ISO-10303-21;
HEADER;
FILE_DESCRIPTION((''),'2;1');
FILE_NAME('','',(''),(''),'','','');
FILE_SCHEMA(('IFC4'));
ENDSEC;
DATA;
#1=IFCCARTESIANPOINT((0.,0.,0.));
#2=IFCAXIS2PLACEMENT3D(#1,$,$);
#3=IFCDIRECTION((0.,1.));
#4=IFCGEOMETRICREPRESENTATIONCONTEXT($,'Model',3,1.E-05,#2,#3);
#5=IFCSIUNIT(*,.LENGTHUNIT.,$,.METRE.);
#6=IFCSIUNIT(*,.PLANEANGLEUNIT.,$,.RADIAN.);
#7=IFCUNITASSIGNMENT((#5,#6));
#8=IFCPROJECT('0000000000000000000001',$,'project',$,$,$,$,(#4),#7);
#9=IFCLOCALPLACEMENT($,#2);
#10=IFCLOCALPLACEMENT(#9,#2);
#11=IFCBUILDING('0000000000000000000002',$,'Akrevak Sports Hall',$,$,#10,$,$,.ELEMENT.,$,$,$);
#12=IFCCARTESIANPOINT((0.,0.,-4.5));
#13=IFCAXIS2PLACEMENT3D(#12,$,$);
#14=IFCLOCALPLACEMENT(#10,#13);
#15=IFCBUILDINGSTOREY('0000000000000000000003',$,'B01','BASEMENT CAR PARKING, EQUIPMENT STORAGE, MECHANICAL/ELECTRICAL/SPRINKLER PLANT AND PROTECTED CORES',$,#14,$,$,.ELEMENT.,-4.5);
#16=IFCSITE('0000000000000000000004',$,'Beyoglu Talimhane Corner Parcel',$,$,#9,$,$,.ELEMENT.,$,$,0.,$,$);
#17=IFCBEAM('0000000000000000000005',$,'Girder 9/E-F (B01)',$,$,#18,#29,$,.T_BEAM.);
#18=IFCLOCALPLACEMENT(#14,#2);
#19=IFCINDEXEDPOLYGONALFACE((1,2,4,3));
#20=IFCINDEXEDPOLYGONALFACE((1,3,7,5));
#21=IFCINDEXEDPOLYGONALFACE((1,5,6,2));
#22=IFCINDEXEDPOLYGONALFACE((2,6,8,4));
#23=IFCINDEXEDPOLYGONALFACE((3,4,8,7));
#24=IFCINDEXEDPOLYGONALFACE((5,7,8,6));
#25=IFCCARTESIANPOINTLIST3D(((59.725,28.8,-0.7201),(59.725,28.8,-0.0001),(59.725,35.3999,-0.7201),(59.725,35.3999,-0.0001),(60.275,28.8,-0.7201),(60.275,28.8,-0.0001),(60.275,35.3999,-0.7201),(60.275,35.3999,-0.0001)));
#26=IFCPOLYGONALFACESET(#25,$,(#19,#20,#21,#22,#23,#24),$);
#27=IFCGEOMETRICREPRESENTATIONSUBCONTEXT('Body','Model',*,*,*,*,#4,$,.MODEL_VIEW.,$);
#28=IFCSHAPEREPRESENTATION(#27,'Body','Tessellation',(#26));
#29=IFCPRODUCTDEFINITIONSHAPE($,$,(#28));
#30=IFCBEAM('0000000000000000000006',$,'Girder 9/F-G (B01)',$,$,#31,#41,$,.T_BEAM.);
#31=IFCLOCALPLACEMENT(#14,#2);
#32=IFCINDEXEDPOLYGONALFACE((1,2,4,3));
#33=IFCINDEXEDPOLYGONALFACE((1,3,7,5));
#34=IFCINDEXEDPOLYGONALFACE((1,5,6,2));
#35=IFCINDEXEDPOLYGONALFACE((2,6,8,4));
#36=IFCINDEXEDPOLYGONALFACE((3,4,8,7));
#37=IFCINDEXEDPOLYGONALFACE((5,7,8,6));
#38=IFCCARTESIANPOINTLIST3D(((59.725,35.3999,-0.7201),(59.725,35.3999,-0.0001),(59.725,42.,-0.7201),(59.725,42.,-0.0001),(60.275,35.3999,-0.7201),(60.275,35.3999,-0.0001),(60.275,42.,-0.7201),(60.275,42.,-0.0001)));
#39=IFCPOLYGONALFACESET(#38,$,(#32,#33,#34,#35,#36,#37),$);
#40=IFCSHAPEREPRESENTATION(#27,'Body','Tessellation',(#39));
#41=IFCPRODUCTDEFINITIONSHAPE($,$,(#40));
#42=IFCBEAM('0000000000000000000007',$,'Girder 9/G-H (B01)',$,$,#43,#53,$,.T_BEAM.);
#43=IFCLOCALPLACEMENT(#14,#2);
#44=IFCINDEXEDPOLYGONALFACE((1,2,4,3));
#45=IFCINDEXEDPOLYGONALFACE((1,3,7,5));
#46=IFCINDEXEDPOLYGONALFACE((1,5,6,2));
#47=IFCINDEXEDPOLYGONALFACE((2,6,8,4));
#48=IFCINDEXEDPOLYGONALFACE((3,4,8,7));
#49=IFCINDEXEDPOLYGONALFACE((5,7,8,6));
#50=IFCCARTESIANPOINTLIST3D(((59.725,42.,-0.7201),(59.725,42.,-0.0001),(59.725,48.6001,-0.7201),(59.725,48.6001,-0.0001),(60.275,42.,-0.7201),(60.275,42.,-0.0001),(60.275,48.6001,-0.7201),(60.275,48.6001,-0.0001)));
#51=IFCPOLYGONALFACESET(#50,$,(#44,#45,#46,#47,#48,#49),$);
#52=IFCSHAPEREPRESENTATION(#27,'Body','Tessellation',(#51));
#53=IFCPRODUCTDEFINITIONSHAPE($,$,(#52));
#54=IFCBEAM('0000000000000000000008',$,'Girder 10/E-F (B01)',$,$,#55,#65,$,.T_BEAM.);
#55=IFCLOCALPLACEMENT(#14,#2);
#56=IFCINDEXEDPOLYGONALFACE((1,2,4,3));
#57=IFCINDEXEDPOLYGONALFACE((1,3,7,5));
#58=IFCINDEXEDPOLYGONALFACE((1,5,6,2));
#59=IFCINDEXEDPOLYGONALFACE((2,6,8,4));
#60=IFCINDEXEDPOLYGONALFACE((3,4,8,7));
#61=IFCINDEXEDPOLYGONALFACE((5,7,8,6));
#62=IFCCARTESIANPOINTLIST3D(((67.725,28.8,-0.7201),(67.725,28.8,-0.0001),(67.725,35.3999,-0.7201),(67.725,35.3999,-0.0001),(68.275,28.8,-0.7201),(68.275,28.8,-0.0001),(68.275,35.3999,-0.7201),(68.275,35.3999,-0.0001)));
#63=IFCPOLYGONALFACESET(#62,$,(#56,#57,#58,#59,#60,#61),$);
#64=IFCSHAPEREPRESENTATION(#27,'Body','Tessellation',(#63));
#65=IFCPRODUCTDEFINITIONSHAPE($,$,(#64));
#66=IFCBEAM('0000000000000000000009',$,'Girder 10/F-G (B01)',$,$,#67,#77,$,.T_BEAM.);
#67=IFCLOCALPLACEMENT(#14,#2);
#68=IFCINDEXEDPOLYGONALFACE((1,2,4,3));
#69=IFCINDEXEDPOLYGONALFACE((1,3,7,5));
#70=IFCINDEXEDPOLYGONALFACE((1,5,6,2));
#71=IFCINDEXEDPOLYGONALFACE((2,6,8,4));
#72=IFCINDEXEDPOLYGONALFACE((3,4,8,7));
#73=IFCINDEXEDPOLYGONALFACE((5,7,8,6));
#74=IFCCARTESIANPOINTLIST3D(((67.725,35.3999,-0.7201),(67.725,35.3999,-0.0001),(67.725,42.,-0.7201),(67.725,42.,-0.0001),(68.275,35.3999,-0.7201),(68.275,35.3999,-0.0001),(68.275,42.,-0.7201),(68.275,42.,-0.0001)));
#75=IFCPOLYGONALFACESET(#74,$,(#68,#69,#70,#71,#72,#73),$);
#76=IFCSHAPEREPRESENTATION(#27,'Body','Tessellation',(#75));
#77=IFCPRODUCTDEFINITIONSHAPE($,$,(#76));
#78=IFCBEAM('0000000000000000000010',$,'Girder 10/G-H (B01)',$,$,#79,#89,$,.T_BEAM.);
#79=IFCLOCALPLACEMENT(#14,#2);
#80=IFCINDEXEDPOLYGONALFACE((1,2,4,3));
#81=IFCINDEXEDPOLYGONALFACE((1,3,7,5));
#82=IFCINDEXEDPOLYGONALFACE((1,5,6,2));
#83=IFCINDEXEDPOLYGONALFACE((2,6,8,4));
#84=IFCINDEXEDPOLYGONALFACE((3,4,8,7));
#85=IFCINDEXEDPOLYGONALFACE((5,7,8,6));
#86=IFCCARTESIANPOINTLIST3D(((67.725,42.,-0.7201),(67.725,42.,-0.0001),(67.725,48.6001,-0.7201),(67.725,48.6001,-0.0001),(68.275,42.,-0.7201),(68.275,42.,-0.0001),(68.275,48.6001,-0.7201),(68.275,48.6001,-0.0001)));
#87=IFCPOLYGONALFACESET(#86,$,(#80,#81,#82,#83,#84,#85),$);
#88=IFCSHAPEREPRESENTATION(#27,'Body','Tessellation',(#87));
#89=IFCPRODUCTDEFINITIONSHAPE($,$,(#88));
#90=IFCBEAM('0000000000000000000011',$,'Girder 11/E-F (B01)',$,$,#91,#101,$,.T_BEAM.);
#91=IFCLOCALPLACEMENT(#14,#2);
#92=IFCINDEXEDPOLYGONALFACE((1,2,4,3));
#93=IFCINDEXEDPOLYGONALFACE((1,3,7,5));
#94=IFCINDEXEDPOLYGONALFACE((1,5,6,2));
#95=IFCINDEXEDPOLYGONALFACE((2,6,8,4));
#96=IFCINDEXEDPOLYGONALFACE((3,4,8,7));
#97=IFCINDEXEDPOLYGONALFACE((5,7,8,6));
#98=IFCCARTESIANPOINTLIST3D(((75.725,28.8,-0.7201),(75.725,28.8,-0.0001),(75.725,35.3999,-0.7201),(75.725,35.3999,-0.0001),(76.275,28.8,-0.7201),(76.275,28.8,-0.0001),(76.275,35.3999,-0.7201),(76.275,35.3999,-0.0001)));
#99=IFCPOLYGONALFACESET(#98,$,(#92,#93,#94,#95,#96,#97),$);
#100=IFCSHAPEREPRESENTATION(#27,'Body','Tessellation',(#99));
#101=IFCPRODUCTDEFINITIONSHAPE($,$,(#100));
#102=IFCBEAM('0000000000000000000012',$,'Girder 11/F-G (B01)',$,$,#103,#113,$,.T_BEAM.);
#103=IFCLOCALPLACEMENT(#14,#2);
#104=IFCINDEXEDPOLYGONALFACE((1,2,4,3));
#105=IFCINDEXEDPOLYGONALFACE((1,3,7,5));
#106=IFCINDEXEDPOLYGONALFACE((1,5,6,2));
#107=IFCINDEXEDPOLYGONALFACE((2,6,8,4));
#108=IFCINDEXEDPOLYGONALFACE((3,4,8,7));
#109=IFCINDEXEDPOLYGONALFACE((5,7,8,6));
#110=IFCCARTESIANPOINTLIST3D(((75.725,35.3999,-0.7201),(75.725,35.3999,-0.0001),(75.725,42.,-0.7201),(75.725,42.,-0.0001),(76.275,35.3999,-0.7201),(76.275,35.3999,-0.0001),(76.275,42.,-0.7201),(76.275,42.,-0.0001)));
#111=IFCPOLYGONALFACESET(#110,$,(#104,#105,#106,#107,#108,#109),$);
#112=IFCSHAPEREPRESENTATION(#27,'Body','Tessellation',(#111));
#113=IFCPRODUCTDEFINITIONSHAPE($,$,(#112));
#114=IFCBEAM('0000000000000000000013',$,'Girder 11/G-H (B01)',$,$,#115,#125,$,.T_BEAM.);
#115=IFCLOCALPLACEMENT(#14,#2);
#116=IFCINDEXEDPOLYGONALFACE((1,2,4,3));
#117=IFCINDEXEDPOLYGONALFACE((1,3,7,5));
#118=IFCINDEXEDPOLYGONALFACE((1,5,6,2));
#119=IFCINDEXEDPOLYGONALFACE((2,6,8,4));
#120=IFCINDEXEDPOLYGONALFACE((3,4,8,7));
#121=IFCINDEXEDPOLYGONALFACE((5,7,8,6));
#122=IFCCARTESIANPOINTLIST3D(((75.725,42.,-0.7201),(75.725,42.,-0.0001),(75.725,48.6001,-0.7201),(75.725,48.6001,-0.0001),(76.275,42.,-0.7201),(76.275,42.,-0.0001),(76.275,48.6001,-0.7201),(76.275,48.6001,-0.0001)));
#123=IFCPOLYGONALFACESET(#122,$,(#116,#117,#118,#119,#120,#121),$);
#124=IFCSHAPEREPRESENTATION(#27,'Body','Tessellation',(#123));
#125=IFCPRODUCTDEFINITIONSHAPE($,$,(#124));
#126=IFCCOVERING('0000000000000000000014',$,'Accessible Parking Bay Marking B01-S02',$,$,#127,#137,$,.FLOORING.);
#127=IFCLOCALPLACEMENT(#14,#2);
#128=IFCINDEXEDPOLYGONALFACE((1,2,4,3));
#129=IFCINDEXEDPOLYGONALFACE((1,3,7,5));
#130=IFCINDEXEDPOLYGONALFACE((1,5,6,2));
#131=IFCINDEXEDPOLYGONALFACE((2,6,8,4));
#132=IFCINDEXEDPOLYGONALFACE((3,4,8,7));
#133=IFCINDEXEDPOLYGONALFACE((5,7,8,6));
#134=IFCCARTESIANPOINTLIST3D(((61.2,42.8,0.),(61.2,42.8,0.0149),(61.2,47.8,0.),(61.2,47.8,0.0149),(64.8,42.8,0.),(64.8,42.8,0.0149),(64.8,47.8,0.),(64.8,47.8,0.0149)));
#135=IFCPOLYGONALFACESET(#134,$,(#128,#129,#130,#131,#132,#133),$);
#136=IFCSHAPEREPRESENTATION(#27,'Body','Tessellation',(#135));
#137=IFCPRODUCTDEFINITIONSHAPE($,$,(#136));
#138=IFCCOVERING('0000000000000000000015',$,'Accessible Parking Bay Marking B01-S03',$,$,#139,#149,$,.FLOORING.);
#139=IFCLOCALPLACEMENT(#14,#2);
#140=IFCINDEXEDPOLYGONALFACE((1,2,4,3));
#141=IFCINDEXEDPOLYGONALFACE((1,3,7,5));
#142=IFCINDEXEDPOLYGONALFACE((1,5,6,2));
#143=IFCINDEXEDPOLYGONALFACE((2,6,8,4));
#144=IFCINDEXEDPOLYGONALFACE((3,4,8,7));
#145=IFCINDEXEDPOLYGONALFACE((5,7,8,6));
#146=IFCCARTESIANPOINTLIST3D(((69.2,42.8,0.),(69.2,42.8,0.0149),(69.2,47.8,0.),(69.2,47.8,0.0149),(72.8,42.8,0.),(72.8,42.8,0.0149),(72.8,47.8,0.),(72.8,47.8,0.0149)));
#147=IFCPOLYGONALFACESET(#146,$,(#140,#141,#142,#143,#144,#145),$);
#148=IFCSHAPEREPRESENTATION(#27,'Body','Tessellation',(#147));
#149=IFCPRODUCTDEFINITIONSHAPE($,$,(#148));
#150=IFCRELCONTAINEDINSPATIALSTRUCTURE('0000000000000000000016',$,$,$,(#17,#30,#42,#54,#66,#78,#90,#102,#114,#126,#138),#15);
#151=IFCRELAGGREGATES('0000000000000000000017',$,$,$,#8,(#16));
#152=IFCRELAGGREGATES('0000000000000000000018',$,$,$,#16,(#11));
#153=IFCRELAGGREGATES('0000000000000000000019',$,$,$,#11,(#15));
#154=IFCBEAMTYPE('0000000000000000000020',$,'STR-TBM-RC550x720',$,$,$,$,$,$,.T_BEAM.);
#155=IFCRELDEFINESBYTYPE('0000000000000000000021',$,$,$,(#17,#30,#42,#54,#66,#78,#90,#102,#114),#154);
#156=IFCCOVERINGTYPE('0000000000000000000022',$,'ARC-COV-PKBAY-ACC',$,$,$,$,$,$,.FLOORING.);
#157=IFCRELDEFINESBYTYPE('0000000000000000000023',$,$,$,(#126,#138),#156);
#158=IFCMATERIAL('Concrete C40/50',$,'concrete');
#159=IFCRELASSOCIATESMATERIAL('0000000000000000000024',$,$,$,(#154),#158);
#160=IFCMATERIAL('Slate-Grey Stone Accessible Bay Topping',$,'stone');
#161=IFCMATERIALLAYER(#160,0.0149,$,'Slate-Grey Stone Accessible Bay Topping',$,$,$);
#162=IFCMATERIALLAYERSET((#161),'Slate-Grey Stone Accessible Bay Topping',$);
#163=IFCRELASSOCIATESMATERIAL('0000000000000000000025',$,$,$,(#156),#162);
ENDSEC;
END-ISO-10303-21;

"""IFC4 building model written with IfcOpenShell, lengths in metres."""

from ifc_helpers import new_model, si_unit, direction, frame, origin, origin_2d, place, context, subcontext, project, spatial, rectangle, extrude, material, layer, layer_set, material_profile, profile_set, type_object, element, save


model = new_model("IFC4")

# Units and contexts
model_context = context("Model", 3, precision=1e-05, world=origin(), true_north=direction((0.0, 1.0)))
body_context = subcontext(model_context, "Body", "Model", "MODEL_VIEW")
ifc_project = project(units=[si_unit("LENGTHUNIT", "METRE"), si_unit("PLANEANGLEUNIT", "RADIAN")], contexts=[model_context])

# Site, building, storey
site_placement = place(None, origin())
site = spatial("IfcSite", under=ifc_project, at=site_placement, Name="Beyoglu Talimhane Corner Parcel", CompositionType="ELEMENT", RefElevation=0.0)
building_placement = place(site_placement, origin())
building = spatial("IfcBuilding", under=site, at=building_placement, Name="Akrevak Sports Hall", CompositionType="ELEMENT")
storey_placement = place(building_placement, frame((0.0, 0.0, -4.5)))
storey = spatial("IfcBuildingStorey", under=building, at=storey_placement, Name="B01", Description="BASEMENT CAR PARKING, EQUIPMENT STORAGE, MECHANICAL/ELECTRICAL/SPRINKLER PLANT AND PROTECTED CORES", CompositionType="ELEMENT", Elevation=-4.5)

# Beams
ifc_material_1 = material(Name="Concrete C40/50", Category="concrete")
ifc_material_profile_1 = material_profile(ifc_material_1, rectangle(XDim=0.55, YDim=0.72, at=origin_2d()), Name="TBM 550x720", Category="concrete")
ifc_profile_set_1 = profile_set([ifc_material_profile_1], Name="Concrete C40/50")
beam_type_1 = type_object("IfcBeamType", Name="STR-TBM-RC550x720", PredefinedType="T_BEAM", material=ifc_profile_set_1)
beam_1_placement = place(storey_placement, frame((60.0, 28.8, -0.3601), z_axis=(0.0, 1.0, 0.0), x_axis=(-1.0, 0.0, 0.0)))
element("IfcBeam", 1, at=beam_1_placement, inside=storey, type_object=beam_type_1, Name="Girder 9/E-F (B01)", PredefinedType="T_BEAM", context=body_context, shape_type="SweptSolid", body=[
    extrude(rectangle(XDim=0.55, YDim=0.72, at=origin_2d()), origin(), (0.0, 0.0, 1.0), 6.5999),
])
for number, where, z_axis, x_axis, name in (
    (2, (60.0, 35.3999, -0.3601), (0.0, 1.0, 0.0), (-1.0, 0.0, 0.0), "Girder 9/F-G (B01)"),
    (3, (60.0, 42.0, -0.3601), (0.0, 1.0, 0.0), (-1.0, 0.0, 0.0), "Girder 9/G-H (B01)"),
):
    element("IfcBeam", number, at=place(storey_placement, frame(where, z_axis=z_axis, x_axis=x_axis)), inside=storey, type_object=beam_type_1, Name=name, PredefinedType="T_BEAM", context=body_context, shape_type="SweptSolid", body=[
        extrude(rectangle(XDim=0.55, YDim=0.72, at=origin_2d()), origin(), (0.0, 0.0, 1.0), 6.6001),
    ])
beam_2_placement = place(storey_placement, frame((68.0, 28.8, -0.3601), z_axis=(0.0, 1.0, 0.0), x_axis=(-1.0, 0.0, 0.0)))
element("IfcBeam", 4, at=beam_2_placement, inside=storey, type_object=beam_type_1, Name="Girder 10/E-F (B01)", PredefinedType="T_BEAM", context=body_context, shape_type="SweptSolid", body=[
    extrude(rectangle(XDim=0.55, YDim=0.72, at=origin_2d()), origin(), (0.0, 0.0, 1.0), 6.5999),
])
for number, where, z_axis, x_axis, name in (
    (5, (68.0, 35.3999, -0.3601), (0.0, 1.0, 0.0), (-1.0, 0.0, 0.0), "Girder 10/F-G (B01)"),
    (6, (68.0, 42.0, -0.3601), (0.0, 1.0, 0.0), (-1.0, 0.0, 0.0), "Girder 10/G-H (B01)"),
):
    element("IfcBeam", number, at=place(storey_placement, frame(where, z_axis=z_axis, x_axis=x_axis)), inside=storey, type_object=beam_type_1, Name=name, PredefinedType="T_BEAM", context=body_context, shape_type="SweptSolid", body=[
        extrude(rectangle(XDim=0.55, YDim=0.72, at=origin_2d()), origin(), (0.0, 0.0, 1.0), 6.6001),
    ])
beam_3_placement = place(storey_placement, frame((76.0, 28.8, -0.3601), z_axis=(0.0, 1.0, 0.0), x_axis=(-1.0, 0.0, 0.0)))
element("IfcBeam", 7, at=beam_3_placement, inside=storey, type_object=beam_type_1, Name="Girder 11/E-F (B01)", PredefinedType="T_BEAM", context=body_context, shape_type="SweptSolid", body=[
    extrude(rectangle(XDim=0.55, YDim=0.72, at=origin_2d()), origin(), (0.0, 0.0, 1.0), 6.5999),
])
for number, where, z_axis, x_axis, name in (
    (8, (76.0, 35.3999, -0.3601), (0.0, 1.0, 0.0), (-1.0, 0.0, 0.0), "Girder 11/F-G (B01)"),
    (9, (76.0, 42.0, -0.3601), (0.0, 1.0, 0.0), (-1.0, 0.0, 0.0), "Girder 11/G-H (B01)"),
):
    element("IfcBeam", number, at=place(storey_placement, frame(where, z_axis=z_axis, x_axis=x_axis)), inside=storey, type_object=beam_type_1, Name=name, PredefinedType="T_BEAM", context=body_context, shape_type="SweptSolid", body=[
        extrude(rectangle(XDim=0.55, YDim=0.72, at=origin_2d()), origin(), (0.0, 0.0, 1.0), 6.6001),
    ])

# Coverings
ifc_material_2 = material(Name="Slate-Grey Stone Accessible Bay Topping", Category="stone")
ifc_layer = layer(ifc_material_2, 0.0149, Name="Slate-Grey Stone Accessible Bay Topping")
ifc_layer_set = layer_set([ifc_layer], Name="Slate-Grey Stone Accessible Bay Topping")
covering_type = type_object("IfcCoveringType", Name="ARC-COV-PKBAY-ACC", PredefinedType="FLOORING", material=ifc_layer_set)
for number, where, z_axis, x_axis, name in (
    (10, (63.0, 45.3, 0.0), (0.0, 0.0, 1.0), (1.0, 0.0, 0.0), "Accessible Parking Bay Marking B01-S02"),
    (11, (71.0, 45.3, 0.0), (0.0, 0.0, 1.0), (1.0, 0.0, 0.0), "Accessible Parking Bay Marking B01-S03"),
):
    element("IfcCovering", number, at=place(storey_placement, frame(where, z_axis=z_axis, x_axis=x_axis)), inside=storey, type_object=covering_type, Name=name, PredefinedType="FLOORING", context=body_context, shape_type="SweptSolid", body=[
        extrude(rectangle(XDim=3.6001, YDim=5.0, at=origin_2d()), origin(), (0.0, 0.0, 1.0), 0.0149),
    ])

save(model, "model.ifc")
